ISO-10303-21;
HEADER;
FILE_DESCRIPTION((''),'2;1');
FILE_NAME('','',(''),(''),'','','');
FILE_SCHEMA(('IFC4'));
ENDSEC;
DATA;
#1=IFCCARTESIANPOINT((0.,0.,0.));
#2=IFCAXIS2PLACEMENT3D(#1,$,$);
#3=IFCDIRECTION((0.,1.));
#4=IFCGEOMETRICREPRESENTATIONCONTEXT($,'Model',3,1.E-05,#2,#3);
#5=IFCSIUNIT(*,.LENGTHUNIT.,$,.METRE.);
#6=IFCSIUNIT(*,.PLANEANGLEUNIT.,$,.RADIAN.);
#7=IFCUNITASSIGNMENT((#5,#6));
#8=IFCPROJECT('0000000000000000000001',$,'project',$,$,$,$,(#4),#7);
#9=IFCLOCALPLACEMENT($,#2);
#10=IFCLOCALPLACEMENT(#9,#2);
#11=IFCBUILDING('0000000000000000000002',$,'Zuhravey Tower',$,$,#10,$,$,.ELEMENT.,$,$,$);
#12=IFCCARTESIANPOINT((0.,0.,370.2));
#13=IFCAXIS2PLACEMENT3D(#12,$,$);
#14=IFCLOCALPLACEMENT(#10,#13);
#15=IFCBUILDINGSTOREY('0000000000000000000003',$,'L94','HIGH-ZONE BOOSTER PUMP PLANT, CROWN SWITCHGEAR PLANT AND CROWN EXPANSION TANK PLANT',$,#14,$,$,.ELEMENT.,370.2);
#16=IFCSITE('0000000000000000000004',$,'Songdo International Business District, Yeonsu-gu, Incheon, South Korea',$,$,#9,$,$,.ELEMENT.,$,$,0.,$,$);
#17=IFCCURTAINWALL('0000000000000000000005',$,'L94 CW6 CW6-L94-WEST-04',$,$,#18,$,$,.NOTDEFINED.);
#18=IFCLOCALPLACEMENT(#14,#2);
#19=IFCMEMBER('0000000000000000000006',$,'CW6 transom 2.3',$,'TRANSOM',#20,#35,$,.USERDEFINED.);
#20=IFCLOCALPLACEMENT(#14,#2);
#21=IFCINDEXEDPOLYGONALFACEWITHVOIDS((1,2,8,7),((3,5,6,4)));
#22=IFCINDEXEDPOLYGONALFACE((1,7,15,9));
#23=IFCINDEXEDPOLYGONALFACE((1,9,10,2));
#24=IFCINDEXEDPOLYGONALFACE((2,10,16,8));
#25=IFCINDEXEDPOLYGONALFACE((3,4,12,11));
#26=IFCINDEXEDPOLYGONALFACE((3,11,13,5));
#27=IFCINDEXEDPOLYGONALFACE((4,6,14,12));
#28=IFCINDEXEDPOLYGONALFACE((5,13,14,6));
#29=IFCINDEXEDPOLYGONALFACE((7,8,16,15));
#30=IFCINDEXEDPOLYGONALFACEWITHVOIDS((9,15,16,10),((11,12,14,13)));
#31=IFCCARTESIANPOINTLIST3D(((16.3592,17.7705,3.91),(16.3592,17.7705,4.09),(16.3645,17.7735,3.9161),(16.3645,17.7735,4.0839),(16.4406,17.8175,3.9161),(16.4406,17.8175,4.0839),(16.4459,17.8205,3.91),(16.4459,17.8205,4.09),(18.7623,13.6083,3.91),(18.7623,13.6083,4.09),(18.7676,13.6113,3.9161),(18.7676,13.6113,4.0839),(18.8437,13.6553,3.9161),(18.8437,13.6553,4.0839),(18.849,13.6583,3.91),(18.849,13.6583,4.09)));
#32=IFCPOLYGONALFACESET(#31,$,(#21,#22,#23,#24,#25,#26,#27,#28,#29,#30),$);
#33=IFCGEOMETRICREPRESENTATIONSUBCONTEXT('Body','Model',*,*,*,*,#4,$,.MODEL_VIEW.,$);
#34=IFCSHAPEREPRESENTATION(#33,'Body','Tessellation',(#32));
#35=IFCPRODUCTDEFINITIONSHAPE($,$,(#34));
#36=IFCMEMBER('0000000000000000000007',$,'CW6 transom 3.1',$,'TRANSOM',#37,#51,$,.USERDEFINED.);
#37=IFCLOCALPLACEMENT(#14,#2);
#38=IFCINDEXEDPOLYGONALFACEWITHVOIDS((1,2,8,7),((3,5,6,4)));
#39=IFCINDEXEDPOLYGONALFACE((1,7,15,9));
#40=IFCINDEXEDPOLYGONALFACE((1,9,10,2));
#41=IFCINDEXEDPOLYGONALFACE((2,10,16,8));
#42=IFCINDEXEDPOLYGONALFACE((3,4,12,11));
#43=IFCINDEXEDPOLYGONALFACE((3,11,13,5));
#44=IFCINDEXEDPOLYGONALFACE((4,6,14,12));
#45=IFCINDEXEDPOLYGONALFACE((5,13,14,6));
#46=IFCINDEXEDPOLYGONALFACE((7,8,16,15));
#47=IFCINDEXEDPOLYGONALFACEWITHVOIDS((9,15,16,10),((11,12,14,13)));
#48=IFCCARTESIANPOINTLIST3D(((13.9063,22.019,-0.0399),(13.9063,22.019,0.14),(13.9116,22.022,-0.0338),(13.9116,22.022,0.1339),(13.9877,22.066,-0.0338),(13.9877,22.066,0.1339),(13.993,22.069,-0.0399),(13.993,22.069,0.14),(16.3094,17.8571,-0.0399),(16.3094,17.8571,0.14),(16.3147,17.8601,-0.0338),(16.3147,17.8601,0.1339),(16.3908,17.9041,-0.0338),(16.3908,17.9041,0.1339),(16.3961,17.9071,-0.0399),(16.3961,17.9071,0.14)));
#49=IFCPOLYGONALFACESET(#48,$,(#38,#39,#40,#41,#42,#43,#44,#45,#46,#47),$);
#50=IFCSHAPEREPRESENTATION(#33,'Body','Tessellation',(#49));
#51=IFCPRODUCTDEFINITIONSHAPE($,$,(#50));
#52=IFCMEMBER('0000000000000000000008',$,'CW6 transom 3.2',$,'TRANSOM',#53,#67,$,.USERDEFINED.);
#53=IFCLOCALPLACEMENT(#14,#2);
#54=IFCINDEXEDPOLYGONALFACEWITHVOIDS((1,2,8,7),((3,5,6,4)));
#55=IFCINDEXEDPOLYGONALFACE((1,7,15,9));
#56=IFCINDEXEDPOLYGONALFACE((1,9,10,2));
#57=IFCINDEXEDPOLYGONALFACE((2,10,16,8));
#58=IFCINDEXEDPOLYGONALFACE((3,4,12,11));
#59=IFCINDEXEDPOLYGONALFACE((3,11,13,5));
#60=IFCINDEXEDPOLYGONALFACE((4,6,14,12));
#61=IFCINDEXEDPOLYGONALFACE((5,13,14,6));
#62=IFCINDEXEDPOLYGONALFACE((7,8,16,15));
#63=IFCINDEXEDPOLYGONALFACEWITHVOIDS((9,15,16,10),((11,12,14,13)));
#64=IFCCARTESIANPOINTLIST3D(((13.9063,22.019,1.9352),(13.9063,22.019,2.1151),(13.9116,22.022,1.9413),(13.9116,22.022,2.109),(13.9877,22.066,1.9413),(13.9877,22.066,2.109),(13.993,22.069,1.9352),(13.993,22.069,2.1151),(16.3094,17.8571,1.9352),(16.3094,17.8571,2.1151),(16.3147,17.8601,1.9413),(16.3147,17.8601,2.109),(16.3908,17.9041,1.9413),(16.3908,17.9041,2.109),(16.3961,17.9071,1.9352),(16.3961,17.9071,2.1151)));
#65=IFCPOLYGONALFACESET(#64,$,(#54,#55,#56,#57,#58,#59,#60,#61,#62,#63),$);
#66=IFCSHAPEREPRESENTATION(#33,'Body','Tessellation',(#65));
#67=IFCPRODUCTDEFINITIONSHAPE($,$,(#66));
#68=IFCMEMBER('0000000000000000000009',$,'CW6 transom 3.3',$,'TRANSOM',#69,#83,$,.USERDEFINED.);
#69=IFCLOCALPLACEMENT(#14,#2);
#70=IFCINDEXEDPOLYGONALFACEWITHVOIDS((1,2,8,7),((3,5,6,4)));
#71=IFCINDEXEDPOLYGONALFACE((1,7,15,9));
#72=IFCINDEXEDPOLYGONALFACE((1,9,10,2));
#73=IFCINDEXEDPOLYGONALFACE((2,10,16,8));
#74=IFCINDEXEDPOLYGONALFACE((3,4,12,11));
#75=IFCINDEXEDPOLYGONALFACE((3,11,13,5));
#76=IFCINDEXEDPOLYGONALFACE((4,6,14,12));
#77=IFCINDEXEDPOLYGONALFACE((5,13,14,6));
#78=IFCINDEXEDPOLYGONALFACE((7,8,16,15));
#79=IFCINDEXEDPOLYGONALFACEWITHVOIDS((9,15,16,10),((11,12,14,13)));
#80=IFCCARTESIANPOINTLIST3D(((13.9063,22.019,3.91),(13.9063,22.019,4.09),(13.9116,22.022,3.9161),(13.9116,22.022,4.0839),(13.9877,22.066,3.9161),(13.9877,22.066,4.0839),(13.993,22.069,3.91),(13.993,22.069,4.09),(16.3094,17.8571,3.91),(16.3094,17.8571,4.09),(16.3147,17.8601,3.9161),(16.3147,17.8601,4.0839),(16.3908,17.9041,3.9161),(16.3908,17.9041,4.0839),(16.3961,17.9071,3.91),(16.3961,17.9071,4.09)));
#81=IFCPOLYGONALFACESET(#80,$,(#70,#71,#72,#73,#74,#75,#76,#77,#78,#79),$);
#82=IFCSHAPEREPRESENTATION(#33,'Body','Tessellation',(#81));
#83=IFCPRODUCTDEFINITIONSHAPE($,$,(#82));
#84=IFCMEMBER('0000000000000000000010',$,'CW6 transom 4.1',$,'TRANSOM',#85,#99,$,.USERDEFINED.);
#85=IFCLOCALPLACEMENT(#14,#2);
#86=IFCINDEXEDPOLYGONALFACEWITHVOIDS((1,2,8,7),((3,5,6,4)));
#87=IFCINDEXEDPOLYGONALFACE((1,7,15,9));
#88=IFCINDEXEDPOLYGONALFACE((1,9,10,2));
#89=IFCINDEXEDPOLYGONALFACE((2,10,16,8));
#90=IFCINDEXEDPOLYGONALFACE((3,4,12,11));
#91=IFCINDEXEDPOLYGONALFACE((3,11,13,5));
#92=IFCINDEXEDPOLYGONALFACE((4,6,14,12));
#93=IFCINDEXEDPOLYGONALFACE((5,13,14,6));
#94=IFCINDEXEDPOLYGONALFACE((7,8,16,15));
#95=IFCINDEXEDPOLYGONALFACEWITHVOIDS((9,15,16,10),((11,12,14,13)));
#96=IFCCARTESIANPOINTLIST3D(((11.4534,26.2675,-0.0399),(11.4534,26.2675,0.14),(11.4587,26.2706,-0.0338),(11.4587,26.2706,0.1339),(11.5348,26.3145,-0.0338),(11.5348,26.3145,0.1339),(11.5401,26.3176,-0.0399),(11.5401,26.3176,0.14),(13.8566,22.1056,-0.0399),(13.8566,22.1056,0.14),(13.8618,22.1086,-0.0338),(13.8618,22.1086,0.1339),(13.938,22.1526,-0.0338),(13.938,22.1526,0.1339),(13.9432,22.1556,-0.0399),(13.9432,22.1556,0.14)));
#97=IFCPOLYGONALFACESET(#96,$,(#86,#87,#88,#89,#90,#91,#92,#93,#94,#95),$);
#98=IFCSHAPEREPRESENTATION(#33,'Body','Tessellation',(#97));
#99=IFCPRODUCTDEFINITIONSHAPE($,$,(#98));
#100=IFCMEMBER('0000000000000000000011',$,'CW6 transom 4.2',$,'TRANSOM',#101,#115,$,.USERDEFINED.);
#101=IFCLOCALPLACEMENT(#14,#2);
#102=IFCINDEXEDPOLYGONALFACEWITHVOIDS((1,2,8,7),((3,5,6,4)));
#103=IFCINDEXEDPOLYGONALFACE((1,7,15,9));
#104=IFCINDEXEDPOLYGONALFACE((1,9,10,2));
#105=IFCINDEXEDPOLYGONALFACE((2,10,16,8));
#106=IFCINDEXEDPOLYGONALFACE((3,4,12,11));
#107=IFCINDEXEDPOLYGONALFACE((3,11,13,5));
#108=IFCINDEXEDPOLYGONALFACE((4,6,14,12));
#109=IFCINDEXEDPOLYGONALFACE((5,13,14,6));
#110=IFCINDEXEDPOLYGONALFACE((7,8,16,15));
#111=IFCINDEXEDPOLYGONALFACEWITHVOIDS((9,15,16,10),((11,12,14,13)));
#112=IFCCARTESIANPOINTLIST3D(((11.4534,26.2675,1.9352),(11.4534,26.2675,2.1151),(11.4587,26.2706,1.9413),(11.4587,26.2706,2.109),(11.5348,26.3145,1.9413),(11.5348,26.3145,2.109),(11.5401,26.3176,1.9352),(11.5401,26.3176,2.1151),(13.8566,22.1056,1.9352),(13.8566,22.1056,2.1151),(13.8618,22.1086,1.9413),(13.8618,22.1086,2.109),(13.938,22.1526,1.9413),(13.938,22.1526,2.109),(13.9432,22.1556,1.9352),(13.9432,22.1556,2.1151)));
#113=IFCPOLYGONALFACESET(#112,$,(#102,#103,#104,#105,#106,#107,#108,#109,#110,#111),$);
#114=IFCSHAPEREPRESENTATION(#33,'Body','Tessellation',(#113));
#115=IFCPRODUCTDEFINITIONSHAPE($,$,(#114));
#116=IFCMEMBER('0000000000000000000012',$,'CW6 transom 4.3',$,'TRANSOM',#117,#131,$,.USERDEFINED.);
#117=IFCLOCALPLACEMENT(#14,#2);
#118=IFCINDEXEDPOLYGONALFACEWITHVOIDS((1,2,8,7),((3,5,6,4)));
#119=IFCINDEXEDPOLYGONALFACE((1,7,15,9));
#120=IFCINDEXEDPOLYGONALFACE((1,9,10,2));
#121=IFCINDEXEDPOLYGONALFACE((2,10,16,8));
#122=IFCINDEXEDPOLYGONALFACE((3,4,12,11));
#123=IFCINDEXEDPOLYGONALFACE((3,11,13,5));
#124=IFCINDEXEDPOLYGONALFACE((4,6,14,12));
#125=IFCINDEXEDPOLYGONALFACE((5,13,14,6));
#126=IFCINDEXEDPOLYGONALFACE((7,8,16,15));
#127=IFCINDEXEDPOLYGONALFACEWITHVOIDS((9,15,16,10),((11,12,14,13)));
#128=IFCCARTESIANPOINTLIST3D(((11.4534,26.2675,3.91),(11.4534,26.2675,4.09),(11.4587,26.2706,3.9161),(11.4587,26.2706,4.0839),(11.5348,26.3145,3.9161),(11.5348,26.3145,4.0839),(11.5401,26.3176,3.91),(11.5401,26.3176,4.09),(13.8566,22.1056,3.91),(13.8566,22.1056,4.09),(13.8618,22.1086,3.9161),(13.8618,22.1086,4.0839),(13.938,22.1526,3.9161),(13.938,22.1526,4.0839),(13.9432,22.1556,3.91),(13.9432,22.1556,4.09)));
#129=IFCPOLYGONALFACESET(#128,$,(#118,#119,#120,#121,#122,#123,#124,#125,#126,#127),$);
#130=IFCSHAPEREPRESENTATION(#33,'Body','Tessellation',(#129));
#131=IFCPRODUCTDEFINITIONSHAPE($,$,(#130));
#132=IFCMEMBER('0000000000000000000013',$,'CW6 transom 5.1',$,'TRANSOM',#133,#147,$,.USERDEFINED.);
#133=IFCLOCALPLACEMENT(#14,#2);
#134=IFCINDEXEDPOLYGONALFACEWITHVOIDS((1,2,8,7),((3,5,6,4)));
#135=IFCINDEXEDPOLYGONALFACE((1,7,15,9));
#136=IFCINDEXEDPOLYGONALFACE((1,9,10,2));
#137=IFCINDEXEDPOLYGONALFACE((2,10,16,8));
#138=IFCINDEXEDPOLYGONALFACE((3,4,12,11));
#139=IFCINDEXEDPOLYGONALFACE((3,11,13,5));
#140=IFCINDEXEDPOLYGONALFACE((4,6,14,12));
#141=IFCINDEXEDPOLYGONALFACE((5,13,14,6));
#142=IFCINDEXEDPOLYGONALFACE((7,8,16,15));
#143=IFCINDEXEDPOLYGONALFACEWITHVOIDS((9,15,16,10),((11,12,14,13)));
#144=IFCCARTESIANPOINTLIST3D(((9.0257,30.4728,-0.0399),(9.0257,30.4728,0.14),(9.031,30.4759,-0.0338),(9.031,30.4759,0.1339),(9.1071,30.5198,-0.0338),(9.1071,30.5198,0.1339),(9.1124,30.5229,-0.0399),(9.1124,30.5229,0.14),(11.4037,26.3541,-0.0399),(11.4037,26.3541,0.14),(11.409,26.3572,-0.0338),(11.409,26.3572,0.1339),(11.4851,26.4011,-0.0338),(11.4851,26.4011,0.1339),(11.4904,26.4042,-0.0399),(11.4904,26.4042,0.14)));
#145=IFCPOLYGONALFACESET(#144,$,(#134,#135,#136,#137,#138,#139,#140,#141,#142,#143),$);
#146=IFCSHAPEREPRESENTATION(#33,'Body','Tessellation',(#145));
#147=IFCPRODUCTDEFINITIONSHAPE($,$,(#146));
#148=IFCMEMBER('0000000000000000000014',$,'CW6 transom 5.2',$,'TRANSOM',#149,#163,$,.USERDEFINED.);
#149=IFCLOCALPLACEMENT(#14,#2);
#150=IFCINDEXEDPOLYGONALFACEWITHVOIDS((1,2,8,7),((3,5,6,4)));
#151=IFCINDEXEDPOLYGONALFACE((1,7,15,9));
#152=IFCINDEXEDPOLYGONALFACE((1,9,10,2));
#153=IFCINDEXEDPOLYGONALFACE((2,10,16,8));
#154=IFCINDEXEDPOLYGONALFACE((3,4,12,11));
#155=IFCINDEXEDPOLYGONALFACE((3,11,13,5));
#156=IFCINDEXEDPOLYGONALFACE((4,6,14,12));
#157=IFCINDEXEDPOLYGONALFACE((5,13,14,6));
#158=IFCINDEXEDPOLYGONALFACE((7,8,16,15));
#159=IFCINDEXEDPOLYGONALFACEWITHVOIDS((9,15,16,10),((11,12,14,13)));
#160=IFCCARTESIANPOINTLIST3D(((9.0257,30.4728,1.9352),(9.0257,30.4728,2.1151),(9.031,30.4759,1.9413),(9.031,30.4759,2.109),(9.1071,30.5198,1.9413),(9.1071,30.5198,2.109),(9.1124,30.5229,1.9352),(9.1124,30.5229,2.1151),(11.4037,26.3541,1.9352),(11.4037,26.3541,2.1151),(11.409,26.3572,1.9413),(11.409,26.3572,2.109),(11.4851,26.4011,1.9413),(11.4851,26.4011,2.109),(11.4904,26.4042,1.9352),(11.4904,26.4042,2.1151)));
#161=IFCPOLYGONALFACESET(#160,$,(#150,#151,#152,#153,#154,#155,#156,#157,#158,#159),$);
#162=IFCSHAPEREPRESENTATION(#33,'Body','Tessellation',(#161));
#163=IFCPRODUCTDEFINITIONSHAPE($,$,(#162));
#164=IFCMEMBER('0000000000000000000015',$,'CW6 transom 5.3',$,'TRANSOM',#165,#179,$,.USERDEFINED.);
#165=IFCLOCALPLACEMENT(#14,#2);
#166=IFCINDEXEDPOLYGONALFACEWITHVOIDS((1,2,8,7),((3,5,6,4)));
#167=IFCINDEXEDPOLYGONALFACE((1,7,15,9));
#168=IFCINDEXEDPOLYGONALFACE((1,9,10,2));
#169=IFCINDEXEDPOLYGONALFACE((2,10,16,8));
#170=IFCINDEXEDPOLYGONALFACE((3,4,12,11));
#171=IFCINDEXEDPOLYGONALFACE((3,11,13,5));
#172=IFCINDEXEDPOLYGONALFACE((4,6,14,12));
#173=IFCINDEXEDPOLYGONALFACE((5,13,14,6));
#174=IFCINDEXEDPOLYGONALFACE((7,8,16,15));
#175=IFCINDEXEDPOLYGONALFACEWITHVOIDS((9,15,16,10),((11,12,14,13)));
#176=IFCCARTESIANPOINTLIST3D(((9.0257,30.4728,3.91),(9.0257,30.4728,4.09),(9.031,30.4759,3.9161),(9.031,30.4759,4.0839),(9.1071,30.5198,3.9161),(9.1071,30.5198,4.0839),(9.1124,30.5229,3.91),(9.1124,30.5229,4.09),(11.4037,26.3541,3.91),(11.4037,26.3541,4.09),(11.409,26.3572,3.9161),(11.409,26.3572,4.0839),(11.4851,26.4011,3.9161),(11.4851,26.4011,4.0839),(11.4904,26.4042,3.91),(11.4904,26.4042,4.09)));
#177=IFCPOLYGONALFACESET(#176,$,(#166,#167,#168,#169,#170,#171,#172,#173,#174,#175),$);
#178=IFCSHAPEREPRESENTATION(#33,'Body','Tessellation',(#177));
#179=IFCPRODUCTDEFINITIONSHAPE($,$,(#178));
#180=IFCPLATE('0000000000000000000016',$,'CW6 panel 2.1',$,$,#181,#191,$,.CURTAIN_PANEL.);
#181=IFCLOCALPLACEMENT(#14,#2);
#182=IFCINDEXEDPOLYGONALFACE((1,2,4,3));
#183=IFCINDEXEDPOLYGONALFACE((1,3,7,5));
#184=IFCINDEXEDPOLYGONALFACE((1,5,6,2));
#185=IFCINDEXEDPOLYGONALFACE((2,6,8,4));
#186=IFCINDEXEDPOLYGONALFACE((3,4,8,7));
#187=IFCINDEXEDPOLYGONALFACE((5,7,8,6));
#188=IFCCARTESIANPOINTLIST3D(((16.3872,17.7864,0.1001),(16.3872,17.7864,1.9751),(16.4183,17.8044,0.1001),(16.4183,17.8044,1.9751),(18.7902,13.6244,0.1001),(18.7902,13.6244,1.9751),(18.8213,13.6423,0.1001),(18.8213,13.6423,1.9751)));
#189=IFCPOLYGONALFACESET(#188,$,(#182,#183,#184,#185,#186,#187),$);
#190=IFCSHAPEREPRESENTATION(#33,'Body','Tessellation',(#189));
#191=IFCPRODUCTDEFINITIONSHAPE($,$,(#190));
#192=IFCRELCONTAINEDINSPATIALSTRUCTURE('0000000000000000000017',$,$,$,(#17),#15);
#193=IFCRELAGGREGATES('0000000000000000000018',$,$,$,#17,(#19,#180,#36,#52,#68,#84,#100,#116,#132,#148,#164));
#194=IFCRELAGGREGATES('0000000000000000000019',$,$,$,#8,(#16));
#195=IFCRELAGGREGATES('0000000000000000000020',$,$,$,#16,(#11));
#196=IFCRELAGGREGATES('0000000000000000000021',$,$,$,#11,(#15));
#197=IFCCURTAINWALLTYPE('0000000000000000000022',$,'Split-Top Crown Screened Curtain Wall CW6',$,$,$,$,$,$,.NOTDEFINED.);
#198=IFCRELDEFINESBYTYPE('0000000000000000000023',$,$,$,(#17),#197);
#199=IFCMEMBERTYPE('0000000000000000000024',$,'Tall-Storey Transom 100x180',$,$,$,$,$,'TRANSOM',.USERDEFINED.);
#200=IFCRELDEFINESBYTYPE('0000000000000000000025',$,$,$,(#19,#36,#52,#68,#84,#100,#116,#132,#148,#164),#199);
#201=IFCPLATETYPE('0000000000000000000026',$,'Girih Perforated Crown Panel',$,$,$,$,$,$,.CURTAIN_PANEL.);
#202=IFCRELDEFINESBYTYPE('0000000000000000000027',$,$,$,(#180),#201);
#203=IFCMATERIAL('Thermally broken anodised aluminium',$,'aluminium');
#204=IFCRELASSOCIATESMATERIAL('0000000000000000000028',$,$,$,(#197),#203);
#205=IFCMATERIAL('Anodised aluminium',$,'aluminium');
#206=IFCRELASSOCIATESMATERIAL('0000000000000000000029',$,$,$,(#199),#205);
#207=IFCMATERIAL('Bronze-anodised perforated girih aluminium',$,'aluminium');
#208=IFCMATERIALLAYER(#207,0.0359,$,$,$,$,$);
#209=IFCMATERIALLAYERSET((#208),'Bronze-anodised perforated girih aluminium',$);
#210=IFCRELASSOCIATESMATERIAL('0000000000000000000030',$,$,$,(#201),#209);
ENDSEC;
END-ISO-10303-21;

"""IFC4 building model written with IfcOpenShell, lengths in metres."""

from ifc_helpers import new_model, si_unit, direction, frame, origin, origin_2d, place, context, subcontext, project, spatial, rectangle, hollow_rectangle, extrude, material, layer, layer_set, material_profile, profile_set, type_object, element, aggregate, save


model = new_model("IFC4")

# Units and contexts
model_context = context("Model", 3, precision=1e-05, world=origin(), true_north=direction((0.0, 1.0)))
body_context = subcontext(model_context, "Body", "Model", "MODEL_VIEW")
ifc_project = project(units=[si_unit("LENGTHUNIT", "METRE"), si_unit("PLANEANGLEUNIT", "RADIAN")], contexts=[model_context])

# Site, building, storey
site_placement = place(None, origin())
site = spatial("IfcSite", under=ifc_project, at=site_placement, Name="Songdo International Business District, Yeonsu-gu, Incheon, South Korea", CompositionType="ELEMENT", RefElevation=0.0)
building_placement = place(site_placement, origin())
building = spatial("IfcBuilding", under=site, at=building_placement, Name="Zuhravey Tower", CompositionType="ELEMENT")
storey_placement = place(building_placement, frame((0.0, 0.0, 370.2)))
storey = spatial("IfcBuildingStorey", under=building, at=storey_placement, Name="L94", Description="HIGH-ZONE BOOSTER PUMP PLANT, CROWN SWITCHGEAR PLANT AND CROWN EXPANSION TANK PLANT", CompositionType="ELEMENT", Elevation=370.2)

# Curtain wall
ifc_material_1 = material(Name="Thermally broken anodised aluminium", Category="aluminium")
curtain_wall_type = type_object("IfcCurtainWallType", Name="Split-Top Crown Screened Curtain Wall CW6", PredefinedType="NOTDEFINED", material=ifc_material_1)
curtain_wall_placement = place(storey_placement, origin())
curtain_wall = element("IfcCurtainWall", 1, at=curtain_wall_placement, inside=storey, type_object=curtain_wall_type, Name="L94 CW6 CW6-L94-WEST-04", PredefinedType="NOTDEFINED")
ifc_material_2 = material(Name="Anodised aluminium", Category="aluminium")

# Members
ifc_material_profile_1 = material_profile(ifc_material_2, hollow_rectangle(XDim=0.1001, YDim=0.1799, WallThickness=0.0061, at=origin_2d()), Name="ALU-RHS-100x180x6")
ifc_profile_set_1 = profile_set([ifc_material_profile_1], Name="Anodised aluminium")
member_type_1 = type_object("IfcMemberType", Name="Tall-Storey Transom 100x180", ElementType="TRANSOM", PredefinedType="USERDEFINED", material=ifc_profile_set_1)
member_1_placement = place(storey_placement, frame((18.8057, 13.6333, 4.0), z_axis=(-0.500013, 0.866018, 0.0), x_axis=(-0.866018, -0.500013, 0.0)))
member_1 = element("IfcMember", 2, at=member_1_placement, type_object=member_type_1, Name="CW6 transom 2.3", ObjectType="TRANSOM", PredefinedType="USERDEFINED", context=body_context, shape_type="SweptSolid", body=[
    extrude(hollow_rectangle(XDim=0.1001, YDim=0.1799, WallThickness=0.0061, at=origin_2d()), origin(), (0.0, 0.0, 1.0), 4.8062),
])
member_2_placement = place(storey_placement, frame((16.3528, 17.8821, 0.05), z_axis=(-0.500035, 0.866005, 0.0), x_axis=(-0.866005, -0.500035, 0.0)))
member_2 = element("IfcMember", 3, at=member_2_placement, type_object=member_type_1, Name="CW6 transom 3.1", ObjectType="TRANSOM", PredefinedType="USERDEFINED", context=body_context, shape_type="SweptSolid", body=[
    extrude(hollow_rectangle(XDim=0.1001, YDim=0.1799, WallThickness=0.0061, at=origin_2d()), origin(), (0.0, 0.0, 1.0), 4.8059),
])
member_3_placement = place(storey_placement, frame((16.3528, 17.8821, 2.0251), z_axis=(-0.500035, 0.866005, 0.0), x_axis=(-0.866005, -0.500035, 0.0)))
member_3 = element("IfcMember", 4, at=member_3_placement, type_object=member_type_1, Name="CW6 transom 3.2", ObjectType="TRANSOM", PredefinedType="USERDEFINED", context=body_context, shape_type="SweptSolid", body=[
    extrude(hollow_rectangle(XDim=0.1001, YDim=0.1799, WallThickness=0.0061, at=origin_2d()), origin(), (0.0, 0.0, 1.0), 4.8059),
])
member_4_placement = place(storey_placement, frame((16.3528, 17.8821, 4.0), z_axis=(-0.500035, 0.866005, 0.0), x_axis=(-0.866005, -0.500035, 0.0)))
member_4 = element("IfcMember", 5, at=member_4_placement, type_object=member_type_1, Name="CW6 transom 3.3", ObjectType="TRANSOM", PredefinedType="USERDEFINED", context=body_context, shape_type="SweptSolid", body=[
    extrude(hollow_rectangle(XDim=0.1001, YDim=0.1799, WallThickness=0.0061, at=origin_2d()), origin(), (0.0, 0.0, 1.0), 4.8059),
])
member_5_placement = place(storey_placement, frame((13.8999, 22.1306, 0.05), z_axis=(-0.500035, 0.866005, 0.0), x_axis=(-0.866005, -0.500035, 0.0)))
member_5 = element("IfcMember", 6, at=member_5_placement, type_object=member_type_1, Name="CW6 transom 4.1", ObjectType="TRANSOM", PredefinedType="USERDEFINED", context=body_context, shape_type="SweptSolid", body=[
    extrude(hollow_rectangle(XDim=0.1001, YDim=0.1799, WallThickness=0.0061, at=origin_2d()), origin(), (0.0, 0.0, 1.0), 4.8059),
])
member_6_placement = place(storey_placement, frame((13.8999, 22.1306, 2.0251), z_axis=(-0.500035, 0.866005, 0.0), x_axis=(-0.866005, -0.500035, 0.0)))
member_6 = element("IfcMember", 7, at=member_6_placement, type_object=member_type_1, Name="CW6 transom 4.2", ObjectType="TRANSOM", PredefinedType="USERDEFINED", context=body_context, shape_type="SweptSolid", body=[
    extrude(hollow_rectangle(XDim=0.1001, YDim=0.1799, WallThickness=0.0061, at=origin_2d()), origin(), (0.0, 0.0, 1.0), 4.8059),
])
member_7_placement = place(storey_placement, frame((13.8999, 22.1306, 4.0), z_axis=(-0.500035, 0.866005, 0.0), x_axis=(-0.866005, -0.500035, 0.0)))
member_7 = element("IfcMember", 8, at=member_7_placement, type_object=member_type_1, Name="CW6 transom 4.3", ObjectType="TRANSOM", PredefinedType="USERDEFINED", context=body_context, shape_type="SweptSolid", body=[
    extrude(hollow_rectangle(XDim=0.1001, YDim=0.1799, WallThickness=0.0061, at=origin_2d()), origin(), (0.0, 0.0, 1.0), 4.8059),
])
member_8_placement = place(storey_placement, frame((11.447, 26.3792, 0.05), z_axis=(-0.500004, 0.866023, 0.0), x_axis=(-0.866023, -0.500004, 0.0)))
member_8 = element("IfcMember", 9, at=member_8_placement, type_object=member_type_1, Name="CW6 transom 5.1", ObjectType="TRANSOM", PredefinedType="USERDEFINED", context=body_context, shape_type="SweptSolid", body=[
    extrude(hollow_rectangle(XDim=0.1001, YDim=0.1799, WallThickness=0.0061, at=origin_2d()), origin(), (0.0, 0.0, 1.0), 4.7559),
])
member_9_placement = place(storey_placement, frame((11.447, 26.3792, 2.0251), z_axis=(-0.500004, 0.866023, 0.0), x_axis=(-0.866023, -0.500004, 0.0)))
member_9 = element("IfcMember", 10, at=member_9_placement, type_object=member_type_1, Name="CW6 transom 5.2", ObjectType="TRANSOM", PredefinedType="USERDEFINED", context=body_context, shape_type="SweptSolid", body=[
    extrude(hollow_rectangle(XDim=0.1001, YDim=0.1799, WallThickness=0.0061, at=origin_2d()), origin(), (0.0, 0.0, 1.0), 4.7559),
])
member_10_placement = place(storey_placement, frame((11.447, 26.3792, 4.0), z_axis=(-0.500004, 0.866023, 0.0), x_axis=(-0.866023, -0.500004, 0.0)))
member_10 = element("IfcMember", 11, at=member_10_placement, type_object=member_type_1, Name="CW6 transom 5.3", ObjectType="TRANSOM", PredefinedType="USERDEFINED", context=body_context, shape_type="SweptSolid", body=[
    extrude(hollow_rectangle(XDim=0.1001, YDim=0.1799, WallThickness=0.0061, at=origin_2d()), origin(), (0.0, 0.0, 1.0), 4.7559),
])

# Plate
ifc_material_3 = material(Name="Bronze-anodised perforated girih aluminium", Category="aluminium")
ifc_layer_1 = layer(ifc_material_3, 0.0359)
ifc_layer_set_1 = layer_set([ifc_layer_1], Name="Bronze-anodised perforated girih aluminium")
plate_type = type_object("IfcPlateType", Name="Girih Perforated Crown Panel", PredefinedType="CURTAIN_PANEL", material=ifc_layer_set_1)
plate_1_placement = place(storey_placement, frame((17.6042, 15.7144, 0.1001), z_axis=(0.0, 0.0, 1.0), x_axis=(-0.499997, 0.866027, 0.0)))
plate_1 = element("IfcPlate", 12, at=plate_1_placement, type_object=plate_type, Name="CW6 panel 2.1", PredefinedType="CURTAIN_PANEL", context=body_context, shape_type="SweptSolid", body=[
    extrude(rectangle(XDim=4.8059, YDim=0.0359, at=origin_2d()), origin(), (0.0, 0.0, 1.0), 1.875),
])
aggregate(curtain_wall, [member_1, plate_1, member_2, member_3, member_4, member_5, member_6, member_7, member_8, member_9, member_10])

save(model, "model.ifc")
